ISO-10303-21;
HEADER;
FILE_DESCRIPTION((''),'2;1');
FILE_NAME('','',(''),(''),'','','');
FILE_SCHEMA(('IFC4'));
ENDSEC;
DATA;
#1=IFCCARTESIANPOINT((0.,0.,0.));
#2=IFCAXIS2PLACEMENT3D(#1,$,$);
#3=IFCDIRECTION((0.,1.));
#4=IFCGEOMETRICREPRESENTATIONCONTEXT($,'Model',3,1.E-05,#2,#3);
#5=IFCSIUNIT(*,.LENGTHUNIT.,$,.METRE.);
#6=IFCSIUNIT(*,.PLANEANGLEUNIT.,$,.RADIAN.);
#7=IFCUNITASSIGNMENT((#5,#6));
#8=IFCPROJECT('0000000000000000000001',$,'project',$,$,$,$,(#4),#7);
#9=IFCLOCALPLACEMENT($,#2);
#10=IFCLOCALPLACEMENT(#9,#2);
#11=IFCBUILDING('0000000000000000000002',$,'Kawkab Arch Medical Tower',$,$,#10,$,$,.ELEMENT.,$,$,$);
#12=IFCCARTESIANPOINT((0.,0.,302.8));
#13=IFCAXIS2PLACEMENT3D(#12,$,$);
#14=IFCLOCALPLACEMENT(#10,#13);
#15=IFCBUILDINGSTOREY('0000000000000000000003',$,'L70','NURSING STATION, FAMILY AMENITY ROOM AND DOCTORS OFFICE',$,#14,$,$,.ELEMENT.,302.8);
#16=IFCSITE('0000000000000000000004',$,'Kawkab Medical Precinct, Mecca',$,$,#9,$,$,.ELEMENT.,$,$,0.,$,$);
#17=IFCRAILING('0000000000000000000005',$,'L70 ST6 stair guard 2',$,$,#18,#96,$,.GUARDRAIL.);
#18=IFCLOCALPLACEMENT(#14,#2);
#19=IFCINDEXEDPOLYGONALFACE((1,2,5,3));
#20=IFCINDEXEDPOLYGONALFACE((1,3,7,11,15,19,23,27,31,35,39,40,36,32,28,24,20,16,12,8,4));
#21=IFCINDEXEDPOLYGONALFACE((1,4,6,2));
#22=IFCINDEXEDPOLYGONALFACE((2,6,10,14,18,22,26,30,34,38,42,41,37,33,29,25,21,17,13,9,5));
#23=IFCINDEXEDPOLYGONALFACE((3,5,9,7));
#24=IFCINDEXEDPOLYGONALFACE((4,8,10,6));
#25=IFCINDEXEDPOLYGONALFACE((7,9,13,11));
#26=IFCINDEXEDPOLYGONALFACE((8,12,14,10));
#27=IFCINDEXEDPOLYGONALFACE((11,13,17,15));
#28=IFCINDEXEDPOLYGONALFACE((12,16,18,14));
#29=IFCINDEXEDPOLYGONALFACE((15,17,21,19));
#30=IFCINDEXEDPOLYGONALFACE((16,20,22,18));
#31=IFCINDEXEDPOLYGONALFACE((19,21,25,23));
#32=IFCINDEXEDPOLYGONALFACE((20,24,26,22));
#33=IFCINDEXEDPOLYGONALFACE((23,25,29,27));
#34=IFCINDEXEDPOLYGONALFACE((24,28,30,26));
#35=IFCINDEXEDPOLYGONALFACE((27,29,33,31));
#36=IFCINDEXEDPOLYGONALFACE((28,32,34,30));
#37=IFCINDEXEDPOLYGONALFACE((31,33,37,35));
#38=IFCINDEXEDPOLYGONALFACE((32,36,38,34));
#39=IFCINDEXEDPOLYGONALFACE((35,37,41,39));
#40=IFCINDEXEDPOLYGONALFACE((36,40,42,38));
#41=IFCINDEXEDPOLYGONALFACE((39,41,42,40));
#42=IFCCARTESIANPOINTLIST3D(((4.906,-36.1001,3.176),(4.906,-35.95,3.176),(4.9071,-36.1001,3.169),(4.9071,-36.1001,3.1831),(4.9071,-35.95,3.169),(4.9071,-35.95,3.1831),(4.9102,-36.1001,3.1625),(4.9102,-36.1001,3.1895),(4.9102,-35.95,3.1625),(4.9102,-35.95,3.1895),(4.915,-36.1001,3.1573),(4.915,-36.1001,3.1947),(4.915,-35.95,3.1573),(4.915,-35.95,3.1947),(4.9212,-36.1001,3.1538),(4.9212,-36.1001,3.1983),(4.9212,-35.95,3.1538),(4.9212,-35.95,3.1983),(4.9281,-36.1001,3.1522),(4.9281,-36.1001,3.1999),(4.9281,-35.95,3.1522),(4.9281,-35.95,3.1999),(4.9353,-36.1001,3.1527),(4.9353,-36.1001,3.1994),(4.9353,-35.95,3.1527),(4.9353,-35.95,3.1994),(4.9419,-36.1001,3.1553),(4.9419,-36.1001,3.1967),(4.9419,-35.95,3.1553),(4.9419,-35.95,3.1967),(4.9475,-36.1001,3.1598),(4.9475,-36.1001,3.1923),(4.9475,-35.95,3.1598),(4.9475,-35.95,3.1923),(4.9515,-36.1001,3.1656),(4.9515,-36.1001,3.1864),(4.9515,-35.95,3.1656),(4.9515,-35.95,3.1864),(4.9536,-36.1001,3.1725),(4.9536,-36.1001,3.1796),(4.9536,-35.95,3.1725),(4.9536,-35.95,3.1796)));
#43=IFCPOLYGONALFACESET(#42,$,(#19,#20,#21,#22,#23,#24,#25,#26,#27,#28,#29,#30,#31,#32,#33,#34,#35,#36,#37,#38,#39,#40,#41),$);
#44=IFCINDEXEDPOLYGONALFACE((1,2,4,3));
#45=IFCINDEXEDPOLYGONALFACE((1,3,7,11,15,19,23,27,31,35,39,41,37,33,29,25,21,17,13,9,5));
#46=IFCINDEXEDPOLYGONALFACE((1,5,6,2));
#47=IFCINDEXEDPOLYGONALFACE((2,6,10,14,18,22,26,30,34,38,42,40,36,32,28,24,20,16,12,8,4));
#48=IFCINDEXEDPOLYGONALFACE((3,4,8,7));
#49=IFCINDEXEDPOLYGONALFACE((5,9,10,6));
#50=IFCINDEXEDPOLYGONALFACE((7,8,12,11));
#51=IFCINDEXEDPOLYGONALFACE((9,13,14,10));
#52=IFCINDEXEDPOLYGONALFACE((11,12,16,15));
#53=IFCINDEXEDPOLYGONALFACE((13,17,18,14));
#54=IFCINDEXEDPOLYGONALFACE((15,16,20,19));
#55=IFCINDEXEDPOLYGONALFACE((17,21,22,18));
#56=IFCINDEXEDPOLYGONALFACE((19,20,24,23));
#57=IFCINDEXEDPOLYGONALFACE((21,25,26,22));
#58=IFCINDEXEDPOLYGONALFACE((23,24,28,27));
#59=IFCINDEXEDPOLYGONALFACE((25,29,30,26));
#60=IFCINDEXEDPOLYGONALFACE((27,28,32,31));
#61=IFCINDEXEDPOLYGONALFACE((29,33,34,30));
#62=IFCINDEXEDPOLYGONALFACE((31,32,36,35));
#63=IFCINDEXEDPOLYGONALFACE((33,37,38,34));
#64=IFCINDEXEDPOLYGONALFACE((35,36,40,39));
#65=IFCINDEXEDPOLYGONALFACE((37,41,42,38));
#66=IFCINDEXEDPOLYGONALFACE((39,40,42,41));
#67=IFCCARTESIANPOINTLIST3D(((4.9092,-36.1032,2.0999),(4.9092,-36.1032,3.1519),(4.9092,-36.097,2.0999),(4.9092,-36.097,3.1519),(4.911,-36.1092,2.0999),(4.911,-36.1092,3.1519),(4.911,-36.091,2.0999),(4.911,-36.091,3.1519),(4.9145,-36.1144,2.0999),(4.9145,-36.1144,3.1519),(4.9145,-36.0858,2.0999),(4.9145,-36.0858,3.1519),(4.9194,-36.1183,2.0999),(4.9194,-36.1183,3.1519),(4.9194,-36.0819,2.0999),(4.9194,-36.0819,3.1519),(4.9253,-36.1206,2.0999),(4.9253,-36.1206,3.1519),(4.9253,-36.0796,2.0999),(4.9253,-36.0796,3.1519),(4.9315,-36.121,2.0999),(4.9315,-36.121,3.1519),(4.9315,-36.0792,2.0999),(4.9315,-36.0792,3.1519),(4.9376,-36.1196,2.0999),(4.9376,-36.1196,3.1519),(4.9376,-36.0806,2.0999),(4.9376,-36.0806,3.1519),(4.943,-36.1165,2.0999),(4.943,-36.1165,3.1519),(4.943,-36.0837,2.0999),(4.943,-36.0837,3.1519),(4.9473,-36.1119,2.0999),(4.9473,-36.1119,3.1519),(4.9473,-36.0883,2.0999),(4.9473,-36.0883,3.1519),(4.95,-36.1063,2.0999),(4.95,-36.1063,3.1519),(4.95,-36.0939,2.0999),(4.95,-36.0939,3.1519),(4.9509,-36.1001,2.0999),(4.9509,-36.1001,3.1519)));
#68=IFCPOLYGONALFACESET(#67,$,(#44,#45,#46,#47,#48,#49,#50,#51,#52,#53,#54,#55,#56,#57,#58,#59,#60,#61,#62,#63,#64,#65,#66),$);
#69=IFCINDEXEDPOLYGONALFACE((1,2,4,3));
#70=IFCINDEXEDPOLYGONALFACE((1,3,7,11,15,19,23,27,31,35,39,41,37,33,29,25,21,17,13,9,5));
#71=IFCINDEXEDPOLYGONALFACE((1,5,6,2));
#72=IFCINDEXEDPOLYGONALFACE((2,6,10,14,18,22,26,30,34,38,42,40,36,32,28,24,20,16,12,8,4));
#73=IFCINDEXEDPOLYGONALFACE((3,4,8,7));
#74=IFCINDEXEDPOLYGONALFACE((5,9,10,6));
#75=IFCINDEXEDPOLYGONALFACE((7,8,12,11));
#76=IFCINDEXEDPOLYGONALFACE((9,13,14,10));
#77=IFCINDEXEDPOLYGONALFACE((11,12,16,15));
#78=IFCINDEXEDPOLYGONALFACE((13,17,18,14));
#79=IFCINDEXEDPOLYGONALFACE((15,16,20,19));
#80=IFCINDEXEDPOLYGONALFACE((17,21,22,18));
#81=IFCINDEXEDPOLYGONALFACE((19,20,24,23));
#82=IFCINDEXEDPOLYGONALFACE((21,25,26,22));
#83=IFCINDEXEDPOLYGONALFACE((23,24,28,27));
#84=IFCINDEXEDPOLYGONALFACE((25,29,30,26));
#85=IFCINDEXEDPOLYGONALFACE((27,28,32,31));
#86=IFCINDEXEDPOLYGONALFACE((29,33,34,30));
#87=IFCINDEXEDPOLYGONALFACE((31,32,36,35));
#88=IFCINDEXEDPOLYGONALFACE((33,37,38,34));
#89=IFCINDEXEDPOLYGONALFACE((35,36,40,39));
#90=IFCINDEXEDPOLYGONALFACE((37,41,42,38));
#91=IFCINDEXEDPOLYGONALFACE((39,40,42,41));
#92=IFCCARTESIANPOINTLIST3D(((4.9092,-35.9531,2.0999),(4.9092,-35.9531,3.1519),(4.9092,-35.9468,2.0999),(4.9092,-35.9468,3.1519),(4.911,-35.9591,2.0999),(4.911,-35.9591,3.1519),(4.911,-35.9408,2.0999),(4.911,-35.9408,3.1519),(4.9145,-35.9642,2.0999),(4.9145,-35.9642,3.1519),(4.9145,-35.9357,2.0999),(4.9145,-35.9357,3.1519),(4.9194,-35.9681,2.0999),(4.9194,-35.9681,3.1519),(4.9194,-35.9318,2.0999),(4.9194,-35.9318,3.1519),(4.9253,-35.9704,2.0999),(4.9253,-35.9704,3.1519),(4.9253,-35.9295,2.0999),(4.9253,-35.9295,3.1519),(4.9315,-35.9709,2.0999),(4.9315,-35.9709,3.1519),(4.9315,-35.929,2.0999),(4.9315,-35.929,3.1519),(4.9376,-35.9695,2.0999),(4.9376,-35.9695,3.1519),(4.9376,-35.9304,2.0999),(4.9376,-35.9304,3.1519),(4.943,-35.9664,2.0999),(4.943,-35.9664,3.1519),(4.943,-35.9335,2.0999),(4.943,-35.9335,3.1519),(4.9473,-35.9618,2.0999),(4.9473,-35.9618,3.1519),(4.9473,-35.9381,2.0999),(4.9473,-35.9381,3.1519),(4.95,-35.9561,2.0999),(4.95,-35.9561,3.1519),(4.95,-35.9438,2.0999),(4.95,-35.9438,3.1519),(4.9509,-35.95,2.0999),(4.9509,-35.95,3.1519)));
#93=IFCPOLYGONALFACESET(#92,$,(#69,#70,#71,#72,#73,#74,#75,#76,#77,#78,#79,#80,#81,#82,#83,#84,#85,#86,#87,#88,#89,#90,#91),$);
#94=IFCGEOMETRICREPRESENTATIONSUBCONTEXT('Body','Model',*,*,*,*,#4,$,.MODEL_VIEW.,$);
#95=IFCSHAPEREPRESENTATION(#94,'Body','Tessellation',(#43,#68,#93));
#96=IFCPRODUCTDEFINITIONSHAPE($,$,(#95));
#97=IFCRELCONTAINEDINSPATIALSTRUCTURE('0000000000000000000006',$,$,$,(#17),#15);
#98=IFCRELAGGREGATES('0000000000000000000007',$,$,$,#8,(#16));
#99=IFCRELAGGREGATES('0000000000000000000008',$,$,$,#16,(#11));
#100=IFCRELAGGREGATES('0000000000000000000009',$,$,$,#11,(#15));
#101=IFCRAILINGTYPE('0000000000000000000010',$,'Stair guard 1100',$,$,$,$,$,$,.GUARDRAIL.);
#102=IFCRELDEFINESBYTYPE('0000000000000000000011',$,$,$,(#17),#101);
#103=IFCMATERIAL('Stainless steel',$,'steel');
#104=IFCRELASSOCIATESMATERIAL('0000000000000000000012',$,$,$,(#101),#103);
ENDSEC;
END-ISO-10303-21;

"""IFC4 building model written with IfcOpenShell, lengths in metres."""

from ifc_helpers import new_model, si_unit, direction, frame, origin, origin_2d, place, context, subcontext, project, spatial, circle, extrude, material, type_object, element, save


model = new_model("IFC4")

# Units and contexts
model_context = context("Model", 3, precision=1e-05, world=origin(), true_north=direction((0.0, 1.0)))
body_context = subcontext(model_context, "Body", "Model", "MODEL_VIEW")
ifc_project = project(units=[si_unit("LENGTHUNIT", "METRE"), si_unit("PLANEANGLEUNIT", "RADIAN")], contexts=[model_context])

# Site, building, storey
site_placement = place(None, origin())
site = spatial("IfcSite", under=ifc_project, at=site_placement, Name="Kawkab Medical Precinct, Mecca", CompositionType="ELEMENT", RefElevation=0.0)
building_placement = place(site_placement, origin())
building = spatial("IfcBuilding", under=site, at=building_placement, Name="Kawkab Arch Medical Tower", CompositionType="ELEMENT")
storey_placement = place(building_placement, frame((0.0, 0.0, 302.8)))
storey = spatial("IfcBuildingStorey", under=building, at=storey_placement, Name="L70", Description="NURSING STATION, FAMILY AMENITY ROOM AND DOCTORS OFFICE", CompositionType="ELEMENT", Elevation=302.8)

# Railing
ifc_material_1 = material(Name="Stainless steel", Category="steel")
railing_type_1 = type_object("IfcRailingType", Name="Stair guard 1100", PredefinedType="GUARDRAIL", material=ifc_material_1)
railing_1_placement = place(storey_placement, frame((4.9299, -36.1001, 2.0999)))
element("IfcRailing", 1, at=railing_1_placement, inside=storey, type_object=railing_type_1, Name="L70 ST6 stair guard 2", PredefinedType="GUARDRAIL", context=body_context, shape_type="SweptSolid", body=[
    extrude(circle(Radius=0.0239, at=origin_2d()), frame((0.0, 0.0, 1.0762), z_axis=(0.0, 1.0, 0.0), x_axis=(-1.0, 0.0, 0.0)), (0.0, 0.0, 1.0), 0.1501),
    extrude(circle(Radius=0.021, at=origin_2d()), origin(), (0.0, 0.0, 1.0), 1.052),
    extrude(circle(Radius=0.021, at=origin_2d()), frame((0.0, 0.1501, 0.0)), (0.0, 0.0, 1.0), 1.052),
])

save(model, "model.ifc")
